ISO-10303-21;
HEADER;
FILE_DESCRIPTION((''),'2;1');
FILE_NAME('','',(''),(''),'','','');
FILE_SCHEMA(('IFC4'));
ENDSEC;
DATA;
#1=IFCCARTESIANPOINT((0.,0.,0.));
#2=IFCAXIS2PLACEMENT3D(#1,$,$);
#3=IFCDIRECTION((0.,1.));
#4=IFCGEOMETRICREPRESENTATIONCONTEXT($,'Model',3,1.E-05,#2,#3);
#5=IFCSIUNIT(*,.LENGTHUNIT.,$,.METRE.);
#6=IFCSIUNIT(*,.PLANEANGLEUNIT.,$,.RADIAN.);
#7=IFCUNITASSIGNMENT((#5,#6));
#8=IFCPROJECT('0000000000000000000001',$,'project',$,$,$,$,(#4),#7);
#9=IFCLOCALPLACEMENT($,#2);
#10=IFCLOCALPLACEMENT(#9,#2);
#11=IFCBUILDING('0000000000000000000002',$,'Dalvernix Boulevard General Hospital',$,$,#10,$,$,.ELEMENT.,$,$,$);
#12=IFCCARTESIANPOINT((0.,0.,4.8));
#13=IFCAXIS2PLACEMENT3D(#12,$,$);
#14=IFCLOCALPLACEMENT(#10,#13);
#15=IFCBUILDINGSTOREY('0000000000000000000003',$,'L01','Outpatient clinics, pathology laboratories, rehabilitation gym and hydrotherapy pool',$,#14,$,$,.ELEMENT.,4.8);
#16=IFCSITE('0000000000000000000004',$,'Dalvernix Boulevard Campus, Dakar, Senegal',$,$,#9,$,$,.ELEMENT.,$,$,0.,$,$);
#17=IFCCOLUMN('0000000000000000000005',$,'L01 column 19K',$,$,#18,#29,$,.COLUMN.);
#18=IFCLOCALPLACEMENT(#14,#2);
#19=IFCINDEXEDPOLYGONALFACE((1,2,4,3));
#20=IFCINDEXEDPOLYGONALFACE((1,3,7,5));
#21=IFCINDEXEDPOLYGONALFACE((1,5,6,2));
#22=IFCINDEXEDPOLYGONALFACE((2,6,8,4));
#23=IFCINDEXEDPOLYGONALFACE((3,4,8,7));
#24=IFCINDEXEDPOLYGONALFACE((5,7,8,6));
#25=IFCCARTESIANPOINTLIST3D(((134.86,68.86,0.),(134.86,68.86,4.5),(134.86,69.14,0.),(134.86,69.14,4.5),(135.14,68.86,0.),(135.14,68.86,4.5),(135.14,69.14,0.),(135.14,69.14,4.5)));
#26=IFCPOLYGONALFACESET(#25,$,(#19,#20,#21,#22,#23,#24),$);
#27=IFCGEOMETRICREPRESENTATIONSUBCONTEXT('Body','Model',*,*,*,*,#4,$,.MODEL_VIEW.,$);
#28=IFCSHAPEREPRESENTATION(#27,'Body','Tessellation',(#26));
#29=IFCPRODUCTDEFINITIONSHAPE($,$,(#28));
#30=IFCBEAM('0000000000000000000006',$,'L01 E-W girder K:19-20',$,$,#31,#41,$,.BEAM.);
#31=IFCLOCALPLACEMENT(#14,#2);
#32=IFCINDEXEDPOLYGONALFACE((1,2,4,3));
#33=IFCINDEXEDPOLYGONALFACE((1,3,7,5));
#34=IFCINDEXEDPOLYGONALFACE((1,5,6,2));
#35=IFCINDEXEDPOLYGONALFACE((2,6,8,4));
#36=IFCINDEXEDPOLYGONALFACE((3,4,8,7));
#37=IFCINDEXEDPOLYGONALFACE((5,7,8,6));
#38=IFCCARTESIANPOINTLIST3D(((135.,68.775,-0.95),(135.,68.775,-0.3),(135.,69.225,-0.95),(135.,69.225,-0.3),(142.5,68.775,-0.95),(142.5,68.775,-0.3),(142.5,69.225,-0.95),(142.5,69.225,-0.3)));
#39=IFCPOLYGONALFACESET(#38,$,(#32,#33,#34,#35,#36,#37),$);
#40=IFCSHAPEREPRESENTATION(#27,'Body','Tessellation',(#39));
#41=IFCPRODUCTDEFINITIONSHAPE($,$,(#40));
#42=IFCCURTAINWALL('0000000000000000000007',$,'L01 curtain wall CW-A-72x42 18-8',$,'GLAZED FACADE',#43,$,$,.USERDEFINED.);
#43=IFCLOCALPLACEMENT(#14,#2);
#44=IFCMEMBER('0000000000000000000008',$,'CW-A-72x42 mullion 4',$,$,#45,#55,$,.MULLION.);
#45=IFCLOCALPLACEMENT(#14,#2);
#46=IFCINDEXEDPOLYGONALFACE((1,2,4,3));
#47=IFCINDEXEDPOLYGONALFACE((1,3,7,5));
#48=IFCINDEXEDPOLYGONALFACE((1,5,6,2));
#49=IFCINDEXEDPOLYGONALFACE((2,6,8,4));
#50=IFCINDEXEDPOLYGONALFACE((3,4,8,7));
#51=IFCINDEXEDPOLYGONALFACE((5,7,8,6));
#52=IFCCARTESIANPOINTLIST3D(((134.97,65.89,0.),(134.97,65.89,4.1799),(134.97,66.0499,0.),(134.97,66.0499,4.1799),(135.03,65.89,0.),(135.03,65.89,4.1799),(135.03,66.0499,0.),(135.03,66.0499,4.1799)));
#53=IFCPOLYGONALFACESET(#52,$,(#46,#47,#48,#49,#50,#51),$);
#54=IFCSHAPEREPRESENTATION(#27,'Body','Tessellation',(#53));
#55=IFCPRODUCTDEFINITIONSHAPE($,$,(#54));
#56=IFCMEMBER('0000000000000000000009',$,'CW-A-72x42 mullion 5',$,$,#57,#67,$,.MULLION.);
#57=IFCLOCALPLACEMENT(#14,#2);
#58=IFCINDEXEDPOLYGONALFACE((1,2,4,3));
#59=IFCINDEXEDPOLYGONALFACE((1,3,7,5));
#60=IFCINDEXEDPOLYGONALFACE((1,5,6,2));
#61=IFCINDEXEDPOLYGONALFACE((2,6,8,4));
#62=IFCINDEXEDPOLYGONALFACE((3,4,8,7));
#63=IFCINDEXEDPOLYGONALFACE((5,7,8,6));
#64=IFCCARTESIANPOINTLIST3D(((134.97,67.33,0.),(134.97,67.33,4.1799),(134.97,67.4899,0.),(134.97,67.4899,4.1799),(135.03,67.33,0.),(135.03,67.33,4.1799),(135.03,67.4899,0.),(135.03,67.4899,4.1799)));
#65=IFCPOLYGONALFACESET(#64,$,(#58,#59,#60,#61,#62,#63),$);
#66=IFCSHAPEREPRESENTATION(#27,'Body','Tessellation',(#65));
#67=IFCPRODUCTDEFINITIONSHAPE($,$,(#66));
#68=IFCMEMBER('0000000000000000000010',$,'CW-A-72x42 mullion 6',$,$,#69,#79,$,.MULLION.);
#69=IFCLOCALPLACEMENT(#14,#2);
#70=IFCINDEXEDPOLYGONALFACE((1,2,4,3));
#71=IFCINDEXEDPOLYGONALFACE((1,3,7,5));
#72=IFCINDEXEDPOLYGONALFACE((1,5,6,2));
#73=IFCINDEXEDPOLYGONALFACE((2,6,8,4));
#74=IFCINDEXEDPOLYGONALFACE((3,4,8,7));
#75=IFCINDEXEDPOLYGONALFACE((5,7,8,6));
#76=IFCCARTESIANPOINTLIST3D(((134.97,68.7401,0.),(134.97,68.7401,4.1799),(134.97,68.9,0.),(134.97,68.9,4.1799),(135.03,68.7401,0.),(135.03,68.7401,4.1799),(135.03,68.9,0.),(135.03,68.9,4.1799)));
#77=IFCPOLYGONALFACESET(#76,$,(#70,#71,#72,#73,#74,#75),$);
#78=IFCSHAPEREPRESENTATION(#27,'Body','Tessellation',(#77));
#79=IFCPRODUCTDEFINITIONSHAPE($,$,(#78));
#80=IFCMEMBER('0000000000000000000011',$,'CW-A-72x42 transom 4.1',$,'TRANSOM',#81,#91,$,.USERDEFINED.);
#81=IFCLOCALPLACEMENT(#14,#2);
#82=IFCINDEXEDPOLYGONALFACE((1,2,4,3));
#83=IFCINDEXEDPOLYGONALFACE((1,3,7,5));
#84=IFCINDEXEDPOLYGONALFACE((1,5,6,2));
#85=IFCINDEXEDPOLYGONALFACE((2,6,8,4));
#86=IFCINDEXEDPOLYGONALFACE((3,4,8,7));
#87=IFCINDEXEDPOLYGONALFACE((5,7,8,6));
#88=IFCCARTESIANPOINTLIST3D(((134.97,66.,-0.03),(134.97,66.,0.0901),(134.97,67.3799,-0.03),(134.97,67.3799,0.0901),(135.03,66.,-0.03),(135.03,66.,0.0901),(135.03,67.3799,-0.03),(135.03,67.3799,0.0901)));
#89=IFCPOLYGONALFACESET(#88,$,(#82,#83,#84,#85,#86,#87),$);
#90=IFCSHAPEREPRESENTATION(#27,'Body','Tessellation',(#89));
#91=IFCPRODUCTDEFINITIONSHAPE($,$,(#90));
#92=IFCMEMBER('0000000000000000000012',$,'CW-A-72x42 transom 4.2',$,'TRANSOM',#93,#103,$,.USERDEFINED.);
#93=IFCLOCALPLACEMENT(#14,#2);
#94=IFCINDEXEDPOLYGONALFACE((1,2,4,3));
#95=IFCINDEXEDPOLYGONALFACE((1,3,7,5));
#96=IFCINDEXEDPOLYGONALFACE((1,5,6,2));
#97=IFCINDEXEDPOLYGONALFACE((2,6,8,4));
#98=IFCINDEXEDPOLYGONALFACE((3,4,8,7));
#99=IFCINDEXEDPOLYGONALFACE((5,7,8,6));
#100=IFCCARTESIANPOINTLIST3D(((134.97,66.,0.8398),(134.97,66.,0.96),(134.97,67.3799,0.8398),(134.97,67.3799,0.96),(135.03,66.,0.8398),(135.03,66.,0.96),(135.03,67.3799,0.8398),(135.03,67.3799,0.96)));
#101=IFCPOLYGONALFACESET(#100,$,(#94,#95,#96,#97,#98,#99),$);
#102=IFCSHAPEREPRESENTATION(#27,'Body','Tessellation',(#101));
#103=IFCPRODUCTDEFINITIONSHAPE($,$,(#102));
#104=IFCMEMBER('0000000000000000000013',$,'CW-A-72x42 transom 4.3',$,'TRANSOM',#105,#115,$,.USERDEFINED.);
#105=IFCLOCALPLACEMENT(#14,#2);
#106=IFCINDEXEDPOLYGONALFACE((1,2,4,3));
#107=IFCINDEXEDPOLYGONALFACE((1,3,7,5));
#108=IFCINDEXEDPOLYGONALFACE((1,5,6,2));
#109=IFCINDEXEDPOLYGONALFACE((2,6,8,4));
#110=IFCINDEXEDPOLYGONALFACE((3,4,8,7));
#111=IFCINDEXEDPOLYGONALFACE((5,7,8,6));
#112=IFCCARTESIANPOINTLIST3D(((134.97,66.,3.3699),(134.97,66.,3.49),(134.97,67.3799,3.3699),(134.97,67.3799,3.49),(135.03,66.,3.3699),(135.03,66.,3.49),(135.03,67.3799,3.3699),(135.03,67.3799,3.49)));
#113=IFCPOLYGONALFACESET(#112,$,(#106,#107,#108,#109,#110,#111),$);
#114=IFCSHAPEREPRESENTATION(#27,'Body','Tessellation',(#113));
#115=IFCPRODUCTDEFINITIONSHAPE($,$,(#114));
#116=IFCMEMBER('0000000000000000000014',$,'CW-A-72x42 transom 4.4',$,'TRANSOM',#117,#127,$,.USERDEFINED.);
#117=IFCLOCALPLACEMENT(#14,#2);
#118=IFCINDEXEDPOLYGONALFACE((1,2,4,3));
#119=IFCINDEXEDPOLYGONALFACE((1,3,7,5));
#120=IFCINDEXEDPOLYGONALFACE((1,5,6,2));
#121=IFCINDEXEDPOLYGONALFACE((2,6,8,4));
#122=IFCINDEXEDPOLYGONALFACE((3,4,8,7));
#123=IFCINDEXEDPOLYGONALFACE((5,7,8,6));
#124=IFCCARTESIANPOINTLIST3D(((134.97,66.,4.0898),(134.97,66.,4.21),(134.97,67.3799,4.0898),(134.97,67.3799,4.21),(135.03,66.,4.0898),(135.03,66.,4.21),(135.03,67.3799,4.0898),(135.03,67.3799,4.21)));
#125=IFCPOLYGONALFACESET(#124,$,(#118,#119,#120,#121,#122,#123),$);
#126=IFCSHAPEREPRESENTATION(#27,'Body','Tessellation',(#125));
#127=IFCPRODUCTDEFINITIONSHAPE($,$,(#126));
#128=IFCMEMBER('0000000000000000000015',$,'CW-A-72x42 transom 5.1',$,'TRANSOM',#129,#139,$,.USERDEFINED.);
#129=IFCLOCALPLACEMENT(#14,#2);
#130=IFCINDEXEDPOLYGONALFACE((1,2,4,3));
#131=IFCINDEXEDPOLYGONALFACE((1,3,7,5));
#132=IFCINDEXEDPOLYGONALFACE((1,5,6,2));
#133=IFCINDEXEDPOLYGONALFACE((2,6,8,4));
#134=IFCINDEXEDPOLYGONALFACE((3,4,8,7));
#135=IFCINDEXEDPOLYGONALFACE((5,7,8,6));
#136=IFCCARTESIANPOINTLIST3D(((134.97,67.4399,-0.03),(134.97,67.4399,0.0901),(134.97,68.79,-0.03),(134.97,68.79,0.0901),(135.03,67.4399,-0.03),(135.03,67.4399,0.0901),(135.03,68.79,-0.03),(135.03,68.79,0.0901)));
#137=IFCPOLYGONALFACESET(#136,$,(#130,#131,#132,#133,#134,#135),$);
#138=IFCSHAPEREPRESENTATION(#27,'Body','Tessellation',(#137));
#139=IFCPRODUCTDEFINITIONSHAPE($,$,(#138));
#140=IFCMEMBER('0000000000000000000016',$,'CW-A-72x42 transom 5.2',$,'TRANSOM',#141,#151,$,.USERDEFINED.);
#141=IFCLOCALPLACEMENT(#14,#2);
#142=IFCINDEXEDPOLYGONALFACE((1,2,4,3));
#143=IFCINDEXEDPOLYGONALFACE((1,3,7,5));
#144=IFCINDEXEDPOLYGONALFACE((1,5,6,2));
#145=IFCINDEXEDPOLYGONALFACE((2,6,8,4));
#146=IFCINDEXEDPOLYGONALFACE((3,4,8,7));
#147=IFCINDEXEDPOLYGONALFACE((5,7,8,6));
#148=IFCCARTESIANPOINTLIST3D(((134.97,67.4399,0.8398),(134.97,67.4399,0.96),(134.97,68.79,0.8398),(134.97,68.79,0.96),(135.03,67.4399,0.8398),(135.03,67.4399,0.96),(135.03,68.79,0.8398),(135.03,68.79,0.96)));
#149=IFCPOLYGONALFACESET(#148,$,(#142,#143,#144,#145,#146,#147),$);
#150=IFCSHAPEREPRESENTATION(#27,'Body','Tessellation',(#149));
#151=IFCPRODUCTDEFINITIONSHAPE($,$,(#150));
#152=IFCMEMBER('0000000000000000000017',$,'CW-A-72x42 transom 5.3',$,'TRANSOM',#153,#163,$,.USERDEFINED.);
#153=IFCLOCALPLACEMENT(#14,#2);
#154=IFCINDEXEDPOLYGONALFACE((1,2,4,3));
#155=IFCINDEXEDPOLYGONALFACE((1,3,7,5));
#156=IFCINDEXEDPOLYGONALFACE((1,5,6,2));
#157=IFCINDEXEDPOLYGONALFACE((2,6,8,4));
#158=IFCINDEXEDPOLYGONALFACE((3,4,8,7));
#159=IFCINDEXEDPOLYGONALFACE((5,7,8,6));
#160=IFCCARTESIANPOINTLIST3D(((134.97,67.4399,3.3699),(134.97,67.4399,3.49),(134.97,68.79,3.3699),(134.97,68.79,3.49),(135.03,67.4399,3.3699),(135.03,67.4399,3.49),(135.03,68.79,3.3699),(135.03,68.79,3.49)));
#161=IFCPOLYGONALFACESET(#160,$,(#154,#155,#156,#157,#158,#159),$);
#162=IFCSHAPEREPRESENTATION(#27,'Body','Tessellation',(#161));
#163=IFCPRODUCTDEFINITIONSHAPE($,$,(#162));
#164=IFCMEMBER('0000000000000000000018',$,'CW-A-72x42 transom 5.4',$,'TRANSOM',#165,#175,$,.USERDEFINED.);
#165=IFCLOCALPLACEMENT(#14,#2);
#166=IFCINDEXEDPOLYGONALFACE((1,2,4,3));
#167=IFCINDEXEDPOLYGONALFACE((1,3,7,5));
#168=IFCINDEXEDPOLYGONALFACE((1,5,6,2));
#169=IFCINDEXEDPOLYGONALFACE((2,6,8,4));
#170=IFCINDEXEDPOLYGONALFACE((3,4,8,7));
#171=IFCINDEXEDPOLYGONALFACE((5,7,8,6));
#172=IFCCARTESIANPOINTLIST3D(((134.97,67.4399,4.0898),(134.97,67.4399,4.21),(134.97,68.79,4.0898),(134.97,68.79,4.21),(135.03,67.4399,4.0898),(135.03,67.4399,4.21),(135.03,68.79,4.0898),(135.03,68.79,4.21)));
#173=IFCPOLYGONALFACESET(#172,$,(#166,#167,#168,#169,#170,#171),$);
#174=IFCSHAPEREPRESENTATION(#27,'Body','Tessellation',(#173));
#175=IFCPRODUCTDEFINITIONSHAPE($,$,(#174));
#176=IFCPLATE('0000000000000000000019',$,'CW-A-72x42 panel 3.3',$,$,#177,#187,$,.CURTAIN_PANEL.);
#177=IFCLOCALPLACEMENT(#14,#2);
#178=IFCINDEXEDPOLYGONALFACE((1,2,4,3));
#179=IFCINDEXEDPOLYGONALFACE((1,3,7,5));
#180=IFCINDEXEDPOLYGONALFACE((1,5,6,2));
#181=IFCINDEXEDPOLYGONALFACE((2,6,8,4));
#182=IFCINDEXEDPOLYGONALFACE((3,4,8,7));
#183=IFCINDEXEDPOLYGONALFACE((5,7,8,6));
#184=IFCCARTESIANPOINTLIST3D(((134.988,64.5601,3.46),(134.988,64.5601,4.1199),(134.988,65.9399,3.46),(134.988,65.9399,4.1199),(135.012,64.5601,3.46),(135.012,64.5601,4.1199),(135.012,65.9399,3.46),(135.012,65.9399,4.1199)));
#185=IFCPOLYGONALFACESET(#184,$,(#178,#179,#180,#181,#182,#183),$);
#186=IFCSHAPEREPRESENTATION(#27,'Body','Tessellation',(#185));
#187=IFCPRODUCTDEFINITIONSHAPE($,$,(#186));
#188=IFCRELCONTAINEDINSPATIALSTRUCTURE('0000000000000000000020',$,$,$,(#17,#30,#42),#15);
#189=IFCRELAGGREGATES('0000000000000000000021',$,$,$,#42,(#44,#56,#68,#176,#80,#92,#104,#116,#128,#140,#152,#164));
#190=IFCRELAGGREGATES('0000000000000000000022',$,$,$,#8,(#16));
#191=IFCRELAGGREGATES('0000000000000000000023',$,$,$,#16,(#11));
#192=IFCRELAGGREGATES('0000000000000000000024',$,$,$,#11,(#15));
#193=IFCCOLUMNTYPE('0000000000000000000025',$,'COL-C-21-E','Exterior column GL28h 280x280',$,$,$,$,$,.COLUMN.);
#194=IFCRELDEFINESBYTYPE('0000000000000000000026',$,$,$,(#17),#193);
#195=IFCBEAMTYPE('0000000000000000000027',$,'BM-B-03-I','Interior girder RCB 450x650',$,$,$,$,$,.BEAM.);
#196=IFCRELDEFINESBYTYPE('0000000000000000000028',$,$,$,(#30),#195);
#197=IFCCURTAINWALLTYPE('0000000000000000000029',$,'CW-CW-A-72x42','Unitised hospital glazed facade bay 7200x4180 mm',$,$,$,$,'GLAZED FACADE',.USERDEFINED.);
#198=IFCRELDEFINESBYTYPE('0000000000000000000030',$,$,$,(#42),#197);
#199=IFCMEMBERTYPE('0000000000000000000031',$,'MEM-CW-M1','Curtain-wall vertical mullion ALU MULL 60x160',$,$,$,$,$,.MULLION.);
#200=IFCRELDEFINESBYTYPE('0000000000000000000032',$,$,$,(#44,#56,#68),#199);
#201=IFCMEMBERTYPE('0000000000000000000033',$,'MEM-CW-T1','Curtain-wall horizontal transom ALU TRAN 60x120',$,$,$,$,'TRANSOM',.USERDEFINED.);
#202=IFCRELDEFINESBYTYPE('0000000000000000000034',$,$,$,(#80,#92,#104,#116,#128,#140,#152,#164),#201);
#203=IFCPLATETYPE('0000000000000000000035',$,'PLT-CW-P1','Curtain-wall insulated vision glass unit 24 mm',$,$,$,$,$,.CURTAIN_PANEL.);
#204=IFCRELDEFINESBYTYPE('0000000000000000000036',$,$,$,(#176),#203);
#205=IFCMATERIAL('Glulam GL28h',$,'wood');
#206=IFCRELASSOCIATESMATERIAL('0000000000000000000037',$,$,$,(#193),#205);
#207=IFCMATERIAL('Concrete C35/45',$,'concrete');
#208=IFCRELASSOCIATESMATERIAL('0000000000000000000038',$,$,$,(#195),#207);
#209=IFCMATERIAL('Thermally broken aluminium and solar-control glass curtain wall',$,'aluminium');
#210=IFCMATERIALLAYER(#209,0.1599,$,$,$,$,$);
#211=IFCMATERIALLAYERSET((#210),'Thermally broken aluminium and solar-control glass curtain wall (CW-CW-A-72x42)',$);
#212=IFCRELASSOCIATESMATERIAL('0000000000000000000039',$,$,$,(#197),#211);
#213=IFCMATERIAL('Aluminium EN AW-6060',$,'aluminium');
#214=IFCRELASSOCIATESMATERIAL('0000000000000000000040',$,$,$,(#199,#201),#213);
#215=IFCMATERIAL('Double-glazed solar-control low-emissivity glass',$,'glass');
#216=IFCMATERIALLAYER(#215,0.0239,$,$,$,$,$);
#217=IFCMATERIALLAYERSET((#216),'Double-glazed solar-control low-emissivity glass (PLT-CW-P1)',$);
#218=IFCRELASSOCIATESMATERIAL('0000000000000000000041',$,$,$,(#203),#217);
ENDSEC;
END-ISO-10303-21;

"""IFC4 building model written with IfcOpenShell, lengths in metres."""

from ifc_helpers import new_model, si_unit, direction, frame, origin, origin_2d, place, context, subcontext, project, spatial, rectangle, extrude, material, layer, layer_set, material_profile, profile_set, type_object, element, aggregate, save


model = new_model("IFC4")

# Units and contexts
model_context = context("Model", 3, precision=1e-05, world=origin(), true_north=direction((0.0, 1.0)))
body_context = subcontext(model_context, "Body", "Model", "MODEL_VIEW")
ifc_project = project(units=[si_unit("LENGTHUNIT", "METRE"), si_unit("PLANEANGLEUNIT", "RADIAN")], contexts=[model_context])

# Site, building, storey
site_placement = place(None, origin())
site = spatial("IfcSite", under=ifc_project, at=site_placement, Name="Dalvernix Boulevard Campus, Dakar, Senegal", CompositionType="ELEMENT", RefElevation=0.0)
building_placement = place(site_placement, origin())
building = spatial("IfcBuilding", under=site, at=building_placement, Name="Dalvernix Boulevard General Hospital", CompositionType="ELEMENT")
storey_placement = place(building_placement, frame((0.0, 0.0, 4.8)))
storey = spatial("IfcBuildingStorey", under=building, at=storey_placement, Name="L01", Description="Outpatient clinics, pathology laboratories, rehabilitation gym and hydrotherapy pool", CompositionType="ELEMENT", Elevation=4.8)

# Column
ifc_material_1 = material(Name="Glulam GL28h", Category="wood")
ifc_material_profile_1 = material_profile(ifc_material_1, rectangle(XDim=0.28, YDim=0.28, at=origin_2d()), Name="GL28h 280x280")
ifc_profile_set_1 = profile_set([ifc_material_profile_1], Name="Glulam GL28h")
column_type = type_object("IfcColumnType", Name="COL-C-21-E", Description="Exterior column GL28h 280x280", PredefinedType="COLUMN", material=ifc_profile_set_1)
column_placement = place(storey_placement, frame((135.0, 69.0, 0.0), z_axis=(0.0, 0.0, 1.0), x_axis=(1.0, 0.0, 0.0)))
element("IfcColumn", 1, at=column_placement, inside=storey, type_object=column_type, Name="L01 column 19K", PredefinedType="COLUMN", context=body_context, shape_type="SweptSolid", body=[
    extrude(rectangle(XDim=0.28, YDim=0.28, at=origin_2d()), origin(), (0.0, 0.0, 1.0), 4.5),
])

# Beam
ifc_material_2 = material(Name="Concrete C35/45", Category="concrete")
ifc_material_profile_2 = material_profile(ifc_material_2, rectangle(XDim=0.45, YDim=0.6499, at=origin_2d()), Name="RCB 450x650")
ifc_profile_set_2 = profile_set([ifc_material_profile_2], Name="Concrete C35/45")
beam_type = type_object("IfcBeamType", Name="BM-B-03-I", Description="Interior girder RCB 450x650", PredefinedType="BEAM", material=ifc_profile_set_2)
beam_placement = place(storey_placement, frame((135.0, 69.0, -0.625), z_axis=(1.0, 0.0, 0.0), x_axis=(0.0, 1.0, 0.0)))
element("IfcBeam", 2, at=beam_placement, inside=storey, type_object=beam_type, Name="L01 E-W girder K:19-20", PredefinedType="BEAM", context=body_context, shape_type="SweptSolid", body=[
    extrude(rectangle(XDim=0.45, YDim=0.6499, at=origin_2d()), origin(), (0.0, 0.0, 1.0), 7.5),
])

# Curtain wall, members, plate
ifc_material_3 = material(Name="Thermally broken aluminium and solar-control glass curtain wall", Category="aluminium")
ifc_layer_1 = layer(ifc_material_3, 0.1599)
ifc_layer_set_1 = layer_set([ifc_layer_1], Name="Thermally broken aluminium and solar-control glass curtain wall (CW-CW-A-72x42)")
curtain_wall_type = type_object("IfcCurtainWallType", Name="CW-CW-A-72x42", Description="Unitised hospital glazed facade bay 7200x4180 mm", ElementType="GLAZED FACADE", PredefinedType="USERDEFINED", material=ifc_layer_set_1)
curtain_wall_placement = place(storey_placement, origin())
curtain_wall = element("IfcCurtainWall", 3, at=curtain_wall_placement, inside=storey, type_object=curtain_wall_type, Name="L01 curtain wall CW-A-72x42 18-8", ObjectType="GLAZED FACADE", PredefinedType="USERDEFINED")
ifc_material_4 = material(Name="Aluminium EN AW-6060", Category="aluminium")
ifc_material_profile_3 = material_profile(ifc_material_4, rectangle(XDim=0.0601, YDim=0.1599, at=origin_2d()), Name="ALU MULL 60x160")
ifc_profile_set_3 = profile_set([ifc_material_profile_3], Name="Aluminium EN AW-6060")
member_type_1 = type_object("IfcMemberType", Name="MEM-CW-M1", Description="Curtain-wall vertical mullion ALU MULL 60x160", PredefinedType="MULLION", material=ifc_profile_set_3)
member_1_placement = place(storey_placement, frame((135.0, 65.97, 0.0), z_axis=(0.0, 0.0, 1.0), x_axis=(-1.0, 0.0, 0.0)))
member_1 = element("IfcMember", 4, at=member_1_placement, type_object=member_type_1, Name="CW-A-72x42 mullion 4", PredefinedType="MULLION", context=body_context, shape_type="SweptSolid", body=[
    extrude(rectangle(XDim=0.0601, YDim=0.1599, at=origin_2d()), origin(), (0.0, 0.0, 1.0), 4.1799),
])
member_2_placement = place(storey_placement, frame((135.0, 67.4099, 0.0), z_axis=(0.0, 0.0, 1.0), x_axis=(-1.0, 0.0, 0.0)))
member_2 = element("IfcMember", 5, at=member_2_placement, type_object=member_type_1, Name="CW-A-72x42 mullion 5", PredefinedType="MULLION", context=body_context, shape_type="SweptSolid", body=[
    extrude(rectangle(XDim=0.0601, YDim=0.1599, at=origin_2d()), origin(), (0.0, 0.0, 1.0), 4.1799),
])
member_3_placement = place(storey_placement, frame((135.0, 68.8201, 0.0), z_axis=(0.0, 0.0, 1.0), x_axis=(-1.0, 0.0, 0.0)))
member_3 = element("IfcMember", 6, at=member_3_placement, type_object=member_type_1, Name="CW-A-72x42 mullion 6", PredefinedType="MULLION", context=body_context, shape_type="SweptSolid", body=[
    extrude(rectangle(XDim=0.0601, YDim=0.1599, at=origin_2d()), origin(), (0.0, 0.0, 1.0), 4.1799),
])
ifc_material_profile_4 = material_profile(ifc_material_4, rectangle(XDim=0.0601, YDim=0.1201, at=origin_2d()), Name="ALU TRAN 60x120")
ifc_profile_set_4 = profile_set([ifc_material_profile_4], Name="Aluminium EN AW-6060")
member_type_2 = type_object("IfcMemberType", Name="MEM-CW-T1", Description="Curtain-wall horizontal transom ALU TRAN 60x120", ElementType="TRANSOM", PredefinedType="USERDEFINED", material=ifc_profile_set_4)
member_4_placement = place(storey_placement, frame((135.0, 66.0, 0.03), z_axis=(0.0, 1.0, 0.0), x_axis=(-1.0, 0.0, 0.0)))
member_4 = element("IfcMember", 7, at=member_4_placement, type_object=member_type_2, Name="CW-A-72x42 transom 4.1", ObjectType="TRANSOM", PredefinedType="USERDEFINED", context=body_context, shape_type="SweptSolid", body=[
    extrude(rectangle(XDim=0.0601, YDim=0.1201, at=origin_2d()), origin(), (0.0, 0.0, 1.0), 1.3799),
])
member_5_placement = place(storey_placement, frame((135.0, 66.0, 0.8999), z_axis=(0.0, 1.0, 0.0), x_axis=(-1.0, 0.0, 0.0)))
member_5 = element("IfcMember", 8, at=member_5_placement, type_object=member_type_2, Name="CW-A-72x42 transom 4.2", ObjectType="TRANSOM", PredefinedType="USERDEFINED", context=body_context, shape_type="SweptSolid", body=[
    extrude(rectangle(XDim=0.0601, YDim=0.1201, at=origin_2d()), origin(), (0.0, 0.0, 1.0), 1.3799),
])
member_6_placement = place(storey_placement, frame((135.0, 66.0, 3.4299), z_axis=(0.0, 1.0, 0.0), x_axis=(-1.0, 0.0, 0.0)))
member_6 = element("IfcMember", 9, at=member_6_placement, type_object=member_type_2, Name="CW-A-72x42 transom 4.3", ObjectType="TRANSOM", PredefinedType="USERDEFINED", context=body_context, shape_type="SweptSolid", body=[
    extrude(rectangle(XDim=0.0601, YDim=0.1201, at=origin_2d()), origin(), (0.0, 0.0, 1.0), 1.3799),
])
member_7_placement = place(storey_placement, frame((135.0, 66.0, 4.1499), z_axis=(0.0, 1.0, 0.0), x_axis=(-1.0, 0.0, 0.0)))
member_7 = element("IfcMember", 10, at=member_7_placement, type_object=member_type_2, Name="CW-A-72x42 transom 4.4", ObjectType="TRANSOM", PredefinedType="USERDEFINED", context=body_context, shape_type="SweptSolid", body=[
    extrude(rectangle(XDim=0.0601, YDim=0.1201, at=origin_2d()), origin(), (0.0, 0.0, 1.0), 1.3799),
])
member_8_placement = place(storey_placement, frame((135.0, 67.4399, 0.03), z_axis=(0.0, 1.0, 0.0), x_axis=(-1.0, 0.0, 0.0)))
member_8 = element("IfcMember", 11, at=member_8_placement, type_object=member_type_2, Name="CW-A-72x42 transom 5.1", ObjectType="TRANSOM", PredefinedType="USERDEFINED", context=body_context, shape_type="SweptSolid", body=[
    extrude(rectangle(XDim=0.0601, YDim=0.1201, at=origin_2d()), origin(), (0.0, 0.0, 1.0), 1.3501),
])
member_9_placement = place(storey_placement, frame((135.0, 67.4399, 0.8999), z_axis=(0.0, 1.0, 0.0), x_axis=(-1.0, 0.0, 0.0)))
member_9 = element("IfcMember", 12, at=member_9_placement, type_object=member_type_2, Name="CW-A-72x42 transom 5.2", ObjectType="TRANSOM", PredefinedType="USERDEFINED", context=body_context, shape_type="SweptSolid", body=[
    extrude(rectangle(XDim=0.0601, YDim=0.1201, at=origin_2d()), origin(), (0.0, 0.0, 1.0), 1.3501),
])
member_10_placement = place(storey_placement, frame((135.0, 67.4399, 3.4299), z_axis=(0.0, 1.0, 0.0), x_axis=(-1.0, 0.0, 0.0)))
member_10 = element("IfcMember", 13, at=member_10_placement, type_object=member_type_2, Name="CW-A-72x42 transom 5.3", ObjectType="TRANSOM", PredefinedType="USERDEFINED", context=body_context, shape_type="SweptSolid", body=[
    extrude(rectangle(XDim=0.0601, YDim=0.1201, at=origin_2d()), origin(), (0.0, 0.0, 1.0), 1.3501),
])
member_11_placement = place(storey_placement, frame((135.0, 67.4399, 4.1499), z_axis=(0.0, 1.0, 0.0), x_axis=(-1.0, 0.0, 0.0)))
member_11 = element("IfcMember", 14, at=member_11_placement, type_object=member_type_2, Name="CW-A-72x42 transom 5.4", ObjectType="TRANSOM", PredefinedType="USERDEFINED", context=body_context, shape_type="SweptSolid", body=[
    extrude(rectangle(XDim=0.0601, YDim=0.1201, at=origin_2d()), origin(), (0.0, 0.0, 1.0), 1.3501),
])
ifc_material_5 = material(Name="Double-glazed solar-control low-emissivity glass", Category="glass")
ifc_layer_2 = layer(ifc_material_5, 0.0239)
ifc_layer_set_2 = layer_set([ifc_layer_2], Name="Double-glazed solar-control low-emissivity glass (PLT-CW-P1)")
plate_type = type_object("IfcPlateType", Name="PLT-CW-P1", Description="Curtain-wall insulated vision glass unit 24 mm", PredefinedType="CURTAIN_PANEL", material=ifc_layer_set_2)
plate_1_placement = place(storey_placement, frame((135.0, 65.25, 3.46), z_axis=(0.0, 0.0, 1.0), x_axis=(0.0, 1.0, 0.0)))
plate_1 = element("IfcPlate", 15, at=plate_1_placement, type_object=plate_type, Name="CW-A-72x42 panel 3.3", PredefinedType="CURTAIN_PANEL", context=body_context, shape_type="SweptSolid", body=[
    extrude(rectangle(XDim=1.3799, YDim=0.0239, at=origin_2d()), origin(), (0.0, 0.0, 1.0), 0.6599),
])
aggregate(curtain_wall, [member_1, member_2, member_3, plate_1, member_4, member_5, member_6, member_7, member_8, member_9, member_10, member_11])

save(model, "model.ifc")
